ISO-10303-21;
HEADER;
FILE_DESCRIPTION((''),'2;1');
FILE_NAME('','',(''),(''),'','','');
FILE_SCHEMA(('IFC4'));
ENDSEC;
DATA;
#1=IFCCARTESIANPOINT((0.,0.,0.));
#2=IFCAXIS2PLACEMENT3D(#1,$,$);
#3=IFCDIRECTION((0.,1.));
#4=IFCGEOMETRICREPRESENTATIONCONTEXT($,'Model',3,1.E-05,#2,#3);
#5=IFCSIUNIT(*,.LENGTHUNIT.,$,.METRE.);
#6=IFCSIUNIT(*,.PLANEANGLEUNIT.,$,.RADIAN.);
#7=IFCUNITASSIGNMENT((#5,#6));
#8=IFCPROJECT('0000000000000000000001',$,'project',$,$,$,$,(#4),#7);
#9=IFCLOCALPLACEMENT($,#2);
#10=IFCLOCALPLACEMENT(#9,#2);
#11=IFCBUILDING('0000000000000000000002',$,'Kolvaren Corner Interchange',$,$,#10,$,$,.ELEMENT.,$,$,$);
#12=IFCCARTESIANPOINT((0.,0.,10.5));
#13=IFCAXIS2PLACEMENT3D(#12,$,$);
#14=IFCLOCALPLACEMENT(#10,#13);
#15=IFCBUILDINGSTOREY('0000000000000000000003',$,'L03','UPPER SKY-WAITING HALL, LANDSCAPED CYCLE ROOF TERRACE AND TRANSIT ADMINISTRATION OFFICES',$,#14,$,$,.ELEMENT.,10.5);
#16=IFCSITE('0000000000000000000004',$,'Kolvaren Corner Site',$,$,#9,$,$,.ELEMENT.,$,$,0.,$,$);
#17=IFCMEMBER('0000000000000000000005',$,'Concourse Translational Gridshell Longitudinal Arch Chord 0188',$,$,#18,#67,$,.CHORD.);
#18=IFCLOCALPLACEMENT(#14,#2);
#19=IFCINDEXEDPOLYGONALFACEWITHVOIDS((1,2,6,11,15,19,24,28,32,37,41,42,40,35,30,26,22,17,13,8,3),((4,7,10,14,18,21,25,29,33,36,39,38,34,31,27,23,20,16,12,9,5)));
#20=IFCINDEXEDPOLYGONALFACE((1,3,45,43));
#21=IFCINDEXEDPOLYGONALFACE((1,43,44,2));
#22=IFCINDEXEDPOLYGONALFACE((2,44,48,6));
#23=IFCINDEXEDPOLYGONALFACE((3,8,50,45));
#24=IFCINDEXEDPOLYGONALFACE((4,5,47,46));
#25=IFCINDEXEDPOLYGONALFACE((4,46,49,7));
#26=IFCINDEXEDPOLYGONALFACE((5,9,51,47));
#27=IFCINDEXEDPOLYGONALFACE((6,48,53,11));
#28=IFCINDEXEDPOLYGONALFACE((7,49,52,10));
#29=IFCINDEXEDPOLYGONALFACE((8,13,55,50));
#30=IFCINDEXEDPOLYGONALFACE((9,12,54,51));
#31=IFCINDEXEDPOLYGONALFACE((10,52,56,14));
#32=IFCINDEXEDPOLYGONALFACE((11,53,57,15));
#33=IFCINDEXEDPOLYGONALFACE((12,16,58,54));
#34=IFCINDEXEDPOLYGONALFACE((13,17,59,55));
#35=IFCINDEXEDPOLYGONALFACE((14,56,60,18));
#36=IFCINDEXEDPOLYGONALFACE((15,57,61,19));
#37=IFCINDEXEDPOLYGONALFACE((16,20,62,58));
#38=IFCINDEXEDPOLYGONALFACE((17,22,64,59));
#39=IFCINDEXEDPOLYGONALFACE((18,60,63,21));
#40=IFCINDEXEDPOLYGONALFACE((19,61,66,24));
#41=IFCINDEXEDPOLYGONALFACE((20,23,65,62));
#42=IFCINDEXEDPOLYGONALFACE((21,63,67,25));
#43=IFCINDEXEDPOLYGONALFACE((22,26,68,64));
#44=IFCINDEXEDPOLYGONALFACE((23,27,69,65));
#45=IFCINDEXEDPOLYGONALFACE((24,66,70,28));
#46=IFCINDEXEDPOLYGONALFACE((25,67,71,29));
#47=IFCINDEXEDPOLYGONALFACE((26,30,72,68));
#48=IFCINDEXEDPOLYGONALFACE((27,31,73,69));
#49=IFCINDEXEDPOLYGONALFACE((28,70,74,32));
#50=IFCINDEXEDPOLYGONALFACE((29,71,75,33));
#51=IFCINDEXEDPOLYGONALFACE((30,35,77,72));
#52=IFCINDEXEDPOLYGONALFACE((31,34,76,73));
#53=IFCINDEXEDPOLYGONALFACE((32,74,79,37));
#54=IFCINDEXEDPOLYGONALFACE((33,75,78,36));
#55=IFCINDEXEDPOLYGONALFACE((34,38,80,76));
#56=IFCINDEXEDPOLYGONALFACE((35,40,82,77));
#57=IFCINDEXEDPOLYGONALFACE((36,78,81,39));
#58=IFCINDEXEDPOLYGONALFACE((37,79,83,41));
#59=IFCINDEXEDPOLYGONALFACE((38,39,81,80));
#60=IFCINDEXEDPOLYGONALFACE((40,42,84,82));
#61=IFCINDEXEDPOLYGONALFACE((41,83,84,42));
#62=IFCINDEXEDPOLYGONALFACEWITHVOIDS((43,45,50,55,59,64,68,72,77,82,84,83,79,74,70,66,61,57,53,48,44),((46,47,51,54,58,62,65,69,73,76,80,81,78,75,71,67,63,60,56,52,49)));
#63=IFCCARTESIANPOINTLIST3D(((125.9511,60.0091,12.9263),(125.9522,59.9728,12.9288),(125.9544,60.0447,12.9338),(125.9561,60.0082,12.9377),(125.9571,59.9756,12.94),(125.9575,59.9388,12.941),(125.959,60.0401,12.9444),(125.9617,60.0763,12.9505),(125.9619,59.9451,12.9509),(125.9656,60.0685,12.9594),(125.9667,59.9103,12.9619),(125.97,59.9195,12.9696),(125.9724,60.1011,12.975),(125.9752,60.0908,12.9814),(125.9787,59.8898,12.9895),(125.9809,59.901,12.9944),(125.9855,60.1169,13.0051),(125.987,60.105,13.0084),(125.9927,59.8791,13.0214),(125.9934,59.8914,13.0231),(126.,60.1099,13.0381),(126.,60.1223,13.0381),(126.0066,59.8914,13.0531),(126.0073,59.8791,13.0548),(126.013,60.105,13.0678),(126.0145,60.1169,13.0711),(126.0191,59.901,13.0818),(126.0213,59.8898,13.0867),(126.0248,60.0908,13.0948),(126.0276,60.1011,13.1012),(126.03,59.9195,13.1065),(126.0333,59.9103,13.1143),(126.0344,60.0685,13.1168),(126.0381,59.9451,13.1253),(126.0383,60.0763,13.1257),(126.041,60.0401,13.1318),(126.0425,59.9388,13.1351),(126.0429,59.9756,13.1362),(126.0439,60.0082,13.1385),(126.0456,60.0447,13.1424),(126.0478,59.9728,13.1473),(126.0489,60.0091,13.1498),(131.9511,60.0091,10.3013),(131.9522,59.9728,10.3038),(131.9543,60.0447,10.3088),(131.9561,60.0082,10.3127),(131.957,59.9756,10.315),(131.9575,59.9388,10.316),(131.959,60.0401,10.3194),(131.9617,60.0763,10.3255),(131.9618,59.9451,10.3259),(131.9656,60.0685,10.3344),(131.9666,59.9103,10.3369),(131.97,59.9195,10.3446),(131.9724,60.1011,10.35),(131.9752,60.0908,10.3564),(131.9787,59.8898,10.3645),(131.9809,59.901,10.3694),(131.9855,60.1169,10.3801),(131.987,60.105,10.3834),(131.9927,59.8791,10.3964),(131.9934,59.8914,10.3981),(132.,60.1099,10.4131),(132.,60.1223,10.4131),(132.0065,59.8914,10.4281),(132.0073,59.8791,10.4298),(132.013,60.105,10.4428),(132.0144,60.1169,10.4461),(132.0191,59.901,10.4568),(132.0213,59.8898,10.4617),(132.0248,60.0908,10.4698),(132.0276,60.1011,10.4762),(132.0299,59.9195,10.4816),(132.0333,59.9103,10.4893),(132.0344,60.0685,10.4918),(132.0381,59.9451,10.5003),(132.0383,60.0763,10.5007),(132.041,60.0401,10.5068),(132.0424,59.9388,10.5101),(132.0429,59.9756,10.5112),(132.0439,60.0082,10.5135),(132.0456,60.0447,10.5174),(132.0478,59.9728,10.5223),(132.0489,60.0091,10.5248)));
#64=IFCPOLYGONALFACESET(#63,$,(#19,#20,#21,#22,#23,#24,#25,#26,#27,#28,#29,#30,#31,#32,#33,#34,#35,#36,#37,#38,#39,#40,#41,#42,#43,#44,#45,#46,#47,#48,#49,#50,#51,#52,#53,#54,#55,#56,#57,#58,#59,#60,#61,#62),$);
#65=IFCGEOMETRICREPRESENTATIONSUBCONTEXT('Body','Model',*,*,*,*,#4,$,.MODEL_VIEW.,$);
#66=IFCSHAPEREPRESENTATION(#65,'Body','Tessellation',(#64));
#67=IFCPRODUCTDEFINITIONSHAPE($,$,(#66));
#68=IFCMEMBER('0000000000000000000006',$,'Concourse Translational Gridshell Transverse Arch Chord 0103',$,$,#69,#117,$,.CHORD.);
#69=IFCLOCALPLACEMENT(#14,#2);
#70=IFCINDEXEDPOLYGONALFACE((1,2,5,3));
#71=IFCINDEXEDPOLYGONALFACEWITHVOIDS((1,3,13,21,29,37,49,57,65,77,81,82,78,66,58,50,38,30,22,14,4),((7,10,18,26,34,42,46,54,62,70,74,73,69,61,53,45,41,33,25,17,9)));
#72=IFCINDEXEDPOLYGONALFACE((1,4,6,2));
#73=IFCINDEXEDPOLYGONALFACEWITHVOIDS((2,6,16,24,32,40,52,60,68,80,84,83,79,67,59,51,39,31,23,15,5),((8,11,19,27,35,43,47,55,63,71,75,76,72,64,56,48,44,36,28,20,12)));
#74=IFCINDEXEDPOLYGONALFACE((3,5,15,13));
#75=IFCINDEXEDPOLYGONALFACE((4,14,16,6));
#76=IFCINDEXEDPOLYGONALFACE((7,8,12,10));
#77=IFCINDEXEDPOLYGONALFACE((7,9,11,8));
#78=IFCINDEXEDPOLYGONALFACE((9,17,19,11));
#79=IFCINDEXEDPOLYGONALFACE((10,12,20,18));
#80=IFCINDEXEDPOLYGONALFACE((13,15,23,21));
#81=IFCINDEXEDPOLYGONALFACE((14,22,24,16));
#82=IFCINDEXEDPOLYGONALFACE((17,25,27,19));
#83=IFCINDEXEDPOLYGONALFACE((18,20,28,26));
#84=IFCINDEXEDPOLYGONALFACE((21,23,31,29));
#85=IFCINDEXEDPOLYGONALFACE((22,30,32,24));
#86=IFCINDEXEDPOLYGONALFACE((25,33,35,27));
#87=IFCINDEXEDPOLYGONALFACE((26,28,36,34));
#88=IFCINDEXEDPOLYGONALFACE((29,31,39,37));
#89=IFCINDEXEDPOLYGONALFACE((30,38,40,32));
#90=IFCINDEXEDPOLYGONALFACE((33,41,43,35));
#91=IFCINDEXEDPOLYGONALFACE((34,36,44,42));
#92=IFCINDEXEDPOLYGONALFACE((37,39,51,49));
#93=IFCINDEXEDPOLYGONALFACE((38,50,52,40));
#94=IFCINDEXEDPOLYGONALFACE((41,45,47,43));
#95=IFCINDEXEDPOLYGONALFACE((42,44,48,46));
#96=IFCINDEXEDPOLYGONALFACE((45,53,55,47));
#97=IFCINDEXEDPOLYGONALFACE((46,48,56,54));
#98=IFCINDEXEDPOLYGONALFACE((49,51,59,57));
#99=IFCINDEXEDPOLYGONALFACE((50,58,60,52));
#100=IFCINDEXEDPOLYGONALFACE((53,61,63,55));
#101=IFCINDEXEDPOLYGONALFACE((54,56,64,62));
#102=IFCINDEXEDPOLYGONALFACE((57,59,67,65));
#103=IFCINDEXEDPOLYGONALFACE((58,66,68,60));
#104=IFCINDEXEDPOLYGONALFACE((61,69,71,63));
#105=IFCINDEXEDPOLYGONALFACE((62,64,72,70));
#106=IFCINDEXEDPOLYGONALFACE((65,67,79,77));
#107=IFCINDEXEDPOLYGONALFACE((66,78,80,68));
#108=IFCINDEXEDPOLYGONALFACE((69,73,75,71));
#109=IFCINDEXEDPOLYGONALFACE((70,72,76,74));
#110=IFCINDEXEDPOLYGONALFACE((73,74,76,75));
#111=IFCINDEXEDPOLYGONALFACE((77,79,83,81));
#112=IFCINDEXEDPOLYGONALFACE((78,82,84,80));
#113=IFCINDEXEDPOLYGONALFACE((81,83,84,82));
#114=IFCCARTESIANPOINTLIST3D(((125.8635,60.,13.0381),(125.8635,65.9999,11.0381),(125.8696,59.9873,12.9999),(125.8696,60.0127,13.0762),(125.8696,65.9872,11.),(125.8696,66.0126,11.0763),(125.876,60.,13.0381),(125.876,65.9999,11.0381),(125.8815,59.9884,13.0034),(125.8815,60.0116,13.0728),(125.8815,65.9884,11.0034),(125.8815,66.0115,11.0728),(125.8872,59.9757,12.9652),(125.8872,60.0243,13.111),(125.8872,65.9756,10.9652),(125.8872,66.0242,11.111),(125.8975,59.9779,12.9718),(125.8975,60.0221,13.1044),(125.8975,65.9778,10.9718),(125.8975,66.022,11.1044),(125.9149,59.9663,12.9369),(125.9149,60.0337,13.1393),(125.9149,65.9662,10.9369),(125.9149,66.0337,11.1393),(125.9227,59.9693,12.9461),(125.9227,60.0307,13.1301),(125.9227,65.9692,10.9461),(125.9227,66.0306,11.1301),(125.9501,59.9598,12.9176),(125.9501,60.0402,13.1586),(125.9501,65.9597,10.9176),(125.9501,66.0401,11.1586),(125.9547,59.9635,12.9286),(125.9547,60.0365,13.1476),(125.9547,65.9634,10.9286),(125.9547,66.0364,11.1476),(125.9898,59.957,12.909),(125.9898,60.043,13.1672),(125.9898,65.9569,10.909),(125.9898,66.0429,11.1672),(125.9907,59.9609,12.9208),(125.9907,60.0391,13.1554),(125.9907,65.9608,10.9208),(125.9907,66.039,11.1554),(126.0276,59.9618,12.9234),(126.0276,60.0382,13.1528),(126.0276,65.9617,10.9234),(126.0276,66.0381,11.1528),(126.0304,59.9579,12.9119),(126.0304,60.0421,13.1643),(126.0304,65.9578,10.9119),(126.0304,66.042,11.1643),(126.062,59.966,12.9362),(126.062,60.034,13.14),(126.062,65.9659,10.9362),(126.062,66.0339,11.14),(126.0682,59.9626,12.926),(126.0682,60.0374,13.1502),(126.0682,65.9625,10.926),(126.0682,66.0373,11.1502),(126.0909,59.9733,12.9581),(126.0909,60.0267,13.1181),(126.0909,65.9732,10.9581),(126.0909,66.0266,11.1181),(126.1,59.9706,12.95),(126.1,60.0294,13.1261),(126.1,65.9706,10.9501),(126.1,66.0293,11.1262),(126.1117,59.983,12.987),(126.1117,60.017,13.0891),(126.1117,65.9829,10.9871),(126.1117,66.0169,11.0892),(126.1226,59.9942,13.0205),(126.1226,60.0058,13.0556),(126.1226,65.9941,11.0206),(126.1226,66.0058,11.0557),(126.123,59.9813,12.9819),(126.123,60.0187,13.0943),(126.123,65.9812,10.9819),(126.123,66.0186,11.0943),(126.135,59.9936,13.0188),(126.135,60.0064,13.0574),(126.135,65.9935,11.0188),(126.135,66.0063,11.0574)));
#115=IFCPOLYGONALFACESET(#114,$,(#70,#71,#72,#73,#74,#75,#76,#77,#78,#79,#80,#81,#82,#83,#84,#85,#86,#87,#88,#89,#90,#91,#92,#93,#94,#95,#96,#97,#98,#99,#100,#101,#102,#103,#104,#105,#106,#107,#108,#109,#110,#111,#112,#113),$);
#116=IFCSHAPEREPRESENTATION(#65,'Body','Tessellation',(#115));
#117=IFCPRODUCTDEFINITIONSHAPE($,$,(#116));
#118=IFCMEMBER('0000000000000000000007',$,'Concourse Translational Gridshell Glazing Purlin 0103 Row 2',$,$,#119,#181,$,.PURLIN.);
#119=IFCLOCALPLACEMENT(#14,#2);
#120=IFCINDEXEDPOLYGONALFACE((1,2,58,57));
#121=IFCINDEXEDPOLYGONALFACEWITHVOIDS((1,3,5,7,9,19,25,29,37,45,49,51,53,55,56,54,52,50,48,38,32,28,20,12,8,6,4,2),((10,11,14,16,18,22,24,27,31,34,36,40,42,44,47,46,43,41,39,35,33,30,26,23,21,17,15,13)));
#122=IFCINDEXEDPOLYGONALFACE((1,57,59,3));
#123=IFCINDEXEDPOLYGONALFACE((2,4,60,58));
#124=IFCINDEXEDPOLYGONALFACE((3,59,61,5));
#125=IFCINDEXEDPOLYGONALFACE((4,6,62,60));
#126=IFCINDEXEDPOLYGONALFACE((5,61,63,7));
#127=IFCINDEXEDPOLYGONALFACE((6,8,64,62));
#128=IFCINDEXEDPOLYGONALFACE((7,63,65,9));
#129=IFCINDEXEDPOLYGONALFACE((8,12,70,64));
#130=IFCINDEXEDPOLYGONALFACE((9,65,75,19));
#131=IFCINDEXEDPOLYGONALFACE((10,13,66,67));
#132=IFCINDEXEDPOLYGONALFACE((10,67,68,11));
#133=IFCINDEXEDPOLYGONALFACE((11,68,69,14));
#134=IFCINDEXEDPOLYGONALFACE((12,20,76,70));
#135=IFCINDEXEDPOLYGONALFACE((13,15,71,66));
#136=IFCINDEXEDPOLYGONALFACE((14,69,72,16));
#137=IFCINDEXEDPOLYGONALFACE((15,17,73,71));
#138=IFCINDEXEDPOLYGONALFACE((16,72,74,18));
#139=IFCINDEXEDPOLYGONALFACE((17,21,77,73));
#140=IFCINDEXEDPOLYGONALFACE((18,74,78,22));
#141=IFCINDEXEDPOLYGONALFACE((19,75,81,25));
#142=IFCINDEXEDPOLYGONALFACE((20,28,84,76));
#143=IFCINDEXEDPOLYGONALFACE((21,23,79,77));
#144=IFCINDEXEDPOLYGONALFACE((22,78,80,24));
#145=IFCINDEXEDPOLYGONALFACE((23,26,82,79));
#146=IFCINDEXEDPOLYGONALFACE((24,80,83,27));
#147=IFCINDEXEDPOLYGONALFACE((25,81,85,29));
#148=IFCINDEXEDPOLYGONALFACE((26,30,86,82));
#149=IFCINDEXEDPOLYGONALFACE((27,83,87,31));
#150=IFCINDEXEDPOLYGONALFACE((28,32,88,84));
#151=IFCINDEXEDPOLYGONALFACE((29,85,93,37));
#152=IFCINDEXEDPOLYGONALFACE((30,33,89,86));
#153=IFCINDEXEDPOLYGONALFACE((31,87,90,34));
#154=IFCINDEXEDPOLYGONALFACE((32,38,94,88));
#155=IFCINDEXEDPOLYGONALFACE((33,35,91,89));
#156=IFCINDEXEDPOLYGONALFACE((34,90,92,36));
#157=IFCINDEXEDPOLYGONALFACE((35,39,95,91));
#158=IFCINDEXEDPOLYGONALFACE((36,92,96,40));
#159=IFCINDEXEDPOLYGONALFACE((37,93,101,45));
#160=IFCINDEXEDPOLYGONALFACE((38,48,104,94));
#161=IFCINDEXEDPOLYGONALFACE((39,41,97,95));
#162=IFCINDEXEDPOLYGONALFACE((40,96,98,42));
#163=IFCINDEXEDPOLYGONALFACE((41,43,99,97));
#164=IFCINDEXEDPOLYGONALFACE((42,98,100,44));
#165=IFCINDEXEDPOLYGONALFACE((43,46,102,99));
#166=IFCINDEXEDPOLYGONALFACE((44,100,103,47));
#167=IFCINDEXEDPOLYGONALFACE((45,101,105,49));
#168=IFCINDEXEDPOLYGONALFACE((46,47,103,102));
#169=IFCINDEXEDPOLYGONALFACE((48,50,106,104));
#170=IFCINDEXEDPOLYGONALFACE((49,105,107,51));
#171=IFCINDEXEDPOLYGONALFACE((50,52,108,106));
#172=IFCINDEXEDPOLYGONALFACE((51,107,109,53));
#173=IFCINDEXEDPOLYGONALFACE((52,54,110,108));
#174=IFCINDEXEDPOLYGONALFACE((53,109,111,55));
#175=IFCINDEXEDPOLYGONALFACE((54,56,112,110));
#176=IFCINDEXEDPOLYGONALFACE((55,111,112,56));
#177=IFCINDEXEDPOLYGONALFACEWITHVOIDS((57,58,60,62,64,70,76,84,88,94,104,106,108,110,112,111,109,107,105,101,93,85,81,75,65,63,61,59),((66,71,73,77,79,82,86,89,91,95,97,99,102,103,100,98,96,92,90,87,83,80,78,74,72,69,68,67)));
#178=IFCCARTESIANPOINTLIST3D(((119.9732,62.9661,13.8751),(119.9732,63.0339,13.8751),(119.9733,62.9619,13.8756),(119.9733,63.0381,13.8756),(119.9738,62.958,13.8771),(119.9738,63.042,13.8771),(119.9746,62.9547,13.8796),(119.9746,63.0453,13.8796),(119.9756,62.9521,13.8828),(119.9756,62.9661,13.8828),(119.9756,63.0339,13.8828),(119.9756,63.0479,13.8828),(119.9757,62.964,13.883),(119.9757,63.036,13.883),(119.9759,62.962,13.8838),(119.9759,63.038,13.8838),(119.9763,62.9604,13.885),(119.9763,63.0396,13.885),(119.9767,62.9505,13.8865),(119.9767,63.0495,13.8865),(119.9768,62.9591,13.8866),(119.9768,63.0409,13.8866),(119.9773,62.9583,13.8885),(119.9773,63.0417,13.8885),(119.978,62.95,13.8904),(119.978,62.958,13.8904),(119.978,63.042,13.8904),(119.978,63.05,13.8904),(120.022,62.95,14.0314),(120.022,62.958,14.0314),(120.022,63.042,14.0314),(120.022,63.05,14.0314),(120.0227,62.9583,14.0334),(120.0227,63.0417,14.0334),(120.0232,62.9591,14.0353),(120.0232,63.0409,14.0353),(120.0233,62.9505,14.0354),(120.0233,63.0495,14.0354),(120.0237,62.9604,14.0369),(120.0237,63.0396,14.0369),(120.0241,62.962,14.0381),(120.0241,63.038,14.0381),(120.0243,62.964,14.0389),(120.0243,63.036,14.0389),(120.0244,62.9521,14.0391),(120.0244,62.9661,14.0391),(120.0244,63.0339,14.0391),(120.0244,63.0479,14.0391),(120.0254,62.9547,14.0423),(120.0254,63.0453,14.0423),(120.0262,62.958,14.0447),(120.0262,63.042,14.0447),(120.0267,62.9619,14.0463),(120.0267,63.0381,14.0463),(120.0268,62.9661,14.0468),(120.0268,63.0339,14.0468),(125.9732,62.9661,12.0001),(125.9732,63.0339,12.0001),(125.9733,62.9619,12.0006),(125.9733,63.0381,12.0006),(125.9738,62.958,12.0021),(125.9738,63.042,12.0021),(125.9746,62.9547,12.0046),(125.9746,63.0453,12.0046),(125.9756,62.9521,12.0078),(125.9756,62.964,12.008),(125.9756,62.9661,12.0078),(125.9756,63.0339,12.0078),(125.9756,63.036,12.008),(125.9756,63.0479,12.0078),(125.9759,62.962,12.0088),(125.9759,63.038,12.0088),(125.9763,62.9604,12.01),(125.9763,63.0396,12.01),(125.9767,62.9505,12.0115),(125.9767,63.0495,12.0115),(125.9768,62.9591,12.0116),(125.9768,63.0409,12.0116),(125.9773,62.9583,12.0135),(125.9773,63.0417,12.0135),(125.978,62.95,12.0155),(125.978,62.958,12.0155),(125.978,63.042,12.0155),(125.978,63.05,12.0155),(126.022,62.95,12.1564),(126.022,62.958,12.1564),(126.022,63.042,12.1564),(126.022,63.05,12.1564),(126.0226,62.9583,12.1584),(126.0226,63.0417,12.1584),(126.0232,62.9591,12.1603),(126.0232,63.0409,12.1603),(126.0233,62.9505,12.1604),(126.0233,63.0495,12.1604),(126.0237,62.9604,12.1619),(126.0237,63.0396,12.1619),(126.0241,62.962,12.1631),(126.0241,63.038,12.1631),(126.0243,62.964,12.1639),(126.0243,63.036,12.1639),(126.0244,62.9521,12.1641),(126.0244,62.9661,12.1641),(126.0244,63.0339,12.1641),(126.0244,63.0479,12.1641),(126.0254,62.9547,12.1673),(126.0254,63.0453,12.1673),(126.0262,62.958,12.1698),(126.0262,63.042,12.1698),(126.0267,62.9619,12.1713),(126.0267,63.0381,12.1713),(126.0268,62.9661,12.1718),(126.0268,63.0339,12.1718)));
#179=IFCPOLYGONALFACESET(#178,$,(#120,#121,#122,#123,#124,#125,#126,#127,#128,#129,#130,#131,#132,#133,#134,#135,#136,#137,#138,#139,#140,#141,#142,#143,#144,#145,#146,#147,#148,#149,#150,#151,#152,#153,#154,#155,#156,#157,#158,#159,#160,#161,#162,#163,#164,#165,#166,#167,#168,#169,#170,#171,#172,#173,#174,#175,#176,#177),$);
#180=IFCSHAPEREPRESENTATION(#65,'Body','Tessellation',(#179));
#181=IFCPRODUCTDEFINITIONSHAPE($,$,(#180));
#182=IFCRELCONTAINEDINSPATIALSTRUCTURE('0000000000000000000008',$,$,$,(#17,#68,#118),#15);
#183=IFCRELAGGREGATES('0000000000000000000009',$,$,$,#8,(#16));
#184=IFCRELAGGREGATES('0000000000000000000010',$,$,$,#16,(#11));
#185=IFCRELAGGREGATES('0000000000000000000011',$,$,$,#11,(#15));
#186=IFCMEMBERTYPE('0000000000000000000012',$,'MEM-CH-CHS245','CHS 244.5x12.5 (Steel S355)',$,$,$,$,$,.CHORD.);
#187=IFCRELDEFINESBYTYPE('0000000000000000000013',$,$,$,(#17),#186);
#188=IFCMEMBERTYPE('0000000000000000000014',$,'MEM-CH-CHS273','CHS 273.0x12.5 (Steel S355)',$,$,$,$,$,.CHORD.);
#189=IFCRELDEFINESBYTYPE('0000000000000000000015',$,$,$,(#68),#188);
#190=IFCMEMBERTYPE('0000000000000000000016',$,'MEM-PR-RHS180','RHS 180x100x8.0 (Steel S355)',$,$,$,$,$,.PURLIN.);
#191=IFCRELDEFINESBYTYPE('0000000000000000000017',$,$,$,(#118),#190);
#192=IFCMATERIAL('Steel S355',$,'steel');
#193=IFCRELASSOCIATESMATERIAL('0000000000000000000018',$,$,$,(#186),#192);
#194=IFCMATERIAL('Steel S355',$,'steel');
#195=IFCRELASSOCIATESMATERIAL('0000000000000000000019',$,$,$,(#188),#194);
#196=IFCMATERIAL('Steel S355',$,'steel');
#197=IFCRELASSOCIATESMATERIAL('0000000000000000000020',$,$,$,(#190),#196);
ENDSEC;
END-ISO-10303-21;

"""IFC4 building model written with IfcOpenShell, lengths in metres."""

from ifc_helpers import new_model, si_unit, direction, frame, origin, origin_2d, place, context, subcontext, project, spatial, hollow_rectangle, hollow_circle, extrude, material, material_profile, profile_set, type_object, element, save


model = new_model("IFC4")

# Units and contexts
model_context = context("Model", 3, precision=1e-05, world=origin(), true_north=direction((0.0, 1.0)))
body_context = subcontext(model_context, "Body", "Model", "MODEL_VIEW")
ifc_project = project(units=[si_unit("LENGTHUNIT", "METRE"), si_unit("PLANEANGLEUNIT", "RADIAN")], contexts=[model_context])

# Site, building, storey
site_placement = place(None, origin())
site = spatial("IfcSite", under=ifc_project, at=site_placement, Name="Kolvaren Corner Site", CompositionType="ELEMENT", RefElevation=0.0)
building_placement = place(site_placement, origin())
building = spatial("IfcBuilding", under=site, at=building_placement, Name="Kolvaren Corner Interchange", CompositionType="ELEMENT")
storey_placement = place(building_placement, frame((0.0, 0.0, 10.5)))
storey = spatial("IfcBuildingStorey", under=building, at=storey_placement, Name="L03", Description="UPPER SKY-WAITING HALL, LANDSCAPED CYCLE ROOF TERRACE AND TRANSIT ADMINISTRATION OFFICES", CompositionType="ELEMENT", Elevation=10.5)

# Members
ifc_material_1 = material(Name="Steel S355", Category="steel")
ifc_material_profile_1 = material_profile(ifc_material_1, hollow_circle(Radius=0.1223, WallThickness=0.0125, at=origin_2d()), Name="CHS 244.5x12.5")
ifc_profile_set_1 = profile_set([ifc_material_profile_1], Name="Steel S355")
member_type_1 = type_object("IfcMemberType", Name="MEM-CH-CHS245", Description="CHS 244.5x12.5 (Steel S355)", PredefinedType="CHORD", material=ifc_profile_set_1)
member_1_placement = place(storey_placement, frame((126.0, 60.0, 13.0381), z_axis=(0.916157, 0.0, -0.400819), x_axis=(0.0, 1.0, 0.0)))
element("IfcMember", 1, at=member_1_placement, inside=storey, type_object=member_type_1, Name="Concourse Translational Gridshell Longitudinal Arch Chord 0188", PredefinedType="CHORD", context=body_context, shape_type="SweptSolid", body=[
    extrude(hollow_circle(Radius=0.1223, WallThickness=0.0125, at=origin_2d()), origin(), (0.0, 0.0, 1.0), 6.5491),
])
ifc_material_2 = material(Name="Steel S355", Category="steel")
ifc_material_profile_2 = material_profile(ifc_material_2, hollow_circle(Radius=0.1365, WallThickness=0.0125, at=origin_2d()), Name="CHS 273.0x12.5")
ifc_profile_set_2 = profile_set([ifc_material_profile_2], Name="Steel S355")
member_type_2 = type_object("IfcMemberType", Name="MEM-CH-CHS273", Description="CHS 273.0x12.5 (Steel S355)", PredefinedType="CHORD", material=ifc_profile_set_2)
member_2_placement = place(storey_placement, frame((126.0, 60.0, 13.0381), z_axis=(0.0, 0.948683, -0.316228), x_axis=(-1.0, 0.0, 0.0)))
element("IfcMember", 2, at=member_2_placement, inside=storey, type_object=member_type_2, Name="Concourse Translational Gridshell Transverse Arch Chord 0103", PredefinedType="CHORD", context=body_context, shape_type="SweptSolid", body=[
    extrude(hollow_circle(Radius=0.1365, WallThickness=0.0125, at=origin_2d()), origin(), (0.0, 0.0, 1.0), 6.3245),
])
ifc_material_3 = material(Name="Steel S355", Category="steel")
ifc_material_profile_3 = material_profile(ifc_material_3, hollow_rectangle(XDim=0.1001, YDim=0.1799, WallThickness=0.0081, InnerFilletRadius=0.0081, OuterFilletRadius=0.0161, at=origin_2d()), Name="RHS 180x100x8.0")
ifc_profile_set_3 = profile_set([ifc_material_profile_3], Name="Steel S355")
member_type_3 = type_object("IfcMemberType", Name="MEM-PR-RHS180", Description="RHS 180x100x8.0 (Steel S355)", PredefinedType="PURLIN", material=ifc_profile_set_3)
member_3_placement = place(storey_placement, frame((120.0, 63.0, 13.9609), z_axis=(0.95448, 0.0, -0.298275), x_axis=(0.0, 1.0, 0.0)))
element("IfcMember", 3, at=member_3_placement, inside=storey, type_object=member_type_3, Name="Concourse Translational Gridshell Glazing Purlin 0103 Row 2", PredefinedType="PURLIN", context=body_context, shape_type="SweptSolid", body=[
    extrude(hollow_rectangle(XDim=0.1001, YDim=0.1799, WallThickness=0.0081, InnerFilletRadius=0.0081, OuterFilletRadius=0.0161, at=origin_2d()), origin(), (0.0, 0.0, 1.0), 6.2861),
])

save(model, "model.ifc")
